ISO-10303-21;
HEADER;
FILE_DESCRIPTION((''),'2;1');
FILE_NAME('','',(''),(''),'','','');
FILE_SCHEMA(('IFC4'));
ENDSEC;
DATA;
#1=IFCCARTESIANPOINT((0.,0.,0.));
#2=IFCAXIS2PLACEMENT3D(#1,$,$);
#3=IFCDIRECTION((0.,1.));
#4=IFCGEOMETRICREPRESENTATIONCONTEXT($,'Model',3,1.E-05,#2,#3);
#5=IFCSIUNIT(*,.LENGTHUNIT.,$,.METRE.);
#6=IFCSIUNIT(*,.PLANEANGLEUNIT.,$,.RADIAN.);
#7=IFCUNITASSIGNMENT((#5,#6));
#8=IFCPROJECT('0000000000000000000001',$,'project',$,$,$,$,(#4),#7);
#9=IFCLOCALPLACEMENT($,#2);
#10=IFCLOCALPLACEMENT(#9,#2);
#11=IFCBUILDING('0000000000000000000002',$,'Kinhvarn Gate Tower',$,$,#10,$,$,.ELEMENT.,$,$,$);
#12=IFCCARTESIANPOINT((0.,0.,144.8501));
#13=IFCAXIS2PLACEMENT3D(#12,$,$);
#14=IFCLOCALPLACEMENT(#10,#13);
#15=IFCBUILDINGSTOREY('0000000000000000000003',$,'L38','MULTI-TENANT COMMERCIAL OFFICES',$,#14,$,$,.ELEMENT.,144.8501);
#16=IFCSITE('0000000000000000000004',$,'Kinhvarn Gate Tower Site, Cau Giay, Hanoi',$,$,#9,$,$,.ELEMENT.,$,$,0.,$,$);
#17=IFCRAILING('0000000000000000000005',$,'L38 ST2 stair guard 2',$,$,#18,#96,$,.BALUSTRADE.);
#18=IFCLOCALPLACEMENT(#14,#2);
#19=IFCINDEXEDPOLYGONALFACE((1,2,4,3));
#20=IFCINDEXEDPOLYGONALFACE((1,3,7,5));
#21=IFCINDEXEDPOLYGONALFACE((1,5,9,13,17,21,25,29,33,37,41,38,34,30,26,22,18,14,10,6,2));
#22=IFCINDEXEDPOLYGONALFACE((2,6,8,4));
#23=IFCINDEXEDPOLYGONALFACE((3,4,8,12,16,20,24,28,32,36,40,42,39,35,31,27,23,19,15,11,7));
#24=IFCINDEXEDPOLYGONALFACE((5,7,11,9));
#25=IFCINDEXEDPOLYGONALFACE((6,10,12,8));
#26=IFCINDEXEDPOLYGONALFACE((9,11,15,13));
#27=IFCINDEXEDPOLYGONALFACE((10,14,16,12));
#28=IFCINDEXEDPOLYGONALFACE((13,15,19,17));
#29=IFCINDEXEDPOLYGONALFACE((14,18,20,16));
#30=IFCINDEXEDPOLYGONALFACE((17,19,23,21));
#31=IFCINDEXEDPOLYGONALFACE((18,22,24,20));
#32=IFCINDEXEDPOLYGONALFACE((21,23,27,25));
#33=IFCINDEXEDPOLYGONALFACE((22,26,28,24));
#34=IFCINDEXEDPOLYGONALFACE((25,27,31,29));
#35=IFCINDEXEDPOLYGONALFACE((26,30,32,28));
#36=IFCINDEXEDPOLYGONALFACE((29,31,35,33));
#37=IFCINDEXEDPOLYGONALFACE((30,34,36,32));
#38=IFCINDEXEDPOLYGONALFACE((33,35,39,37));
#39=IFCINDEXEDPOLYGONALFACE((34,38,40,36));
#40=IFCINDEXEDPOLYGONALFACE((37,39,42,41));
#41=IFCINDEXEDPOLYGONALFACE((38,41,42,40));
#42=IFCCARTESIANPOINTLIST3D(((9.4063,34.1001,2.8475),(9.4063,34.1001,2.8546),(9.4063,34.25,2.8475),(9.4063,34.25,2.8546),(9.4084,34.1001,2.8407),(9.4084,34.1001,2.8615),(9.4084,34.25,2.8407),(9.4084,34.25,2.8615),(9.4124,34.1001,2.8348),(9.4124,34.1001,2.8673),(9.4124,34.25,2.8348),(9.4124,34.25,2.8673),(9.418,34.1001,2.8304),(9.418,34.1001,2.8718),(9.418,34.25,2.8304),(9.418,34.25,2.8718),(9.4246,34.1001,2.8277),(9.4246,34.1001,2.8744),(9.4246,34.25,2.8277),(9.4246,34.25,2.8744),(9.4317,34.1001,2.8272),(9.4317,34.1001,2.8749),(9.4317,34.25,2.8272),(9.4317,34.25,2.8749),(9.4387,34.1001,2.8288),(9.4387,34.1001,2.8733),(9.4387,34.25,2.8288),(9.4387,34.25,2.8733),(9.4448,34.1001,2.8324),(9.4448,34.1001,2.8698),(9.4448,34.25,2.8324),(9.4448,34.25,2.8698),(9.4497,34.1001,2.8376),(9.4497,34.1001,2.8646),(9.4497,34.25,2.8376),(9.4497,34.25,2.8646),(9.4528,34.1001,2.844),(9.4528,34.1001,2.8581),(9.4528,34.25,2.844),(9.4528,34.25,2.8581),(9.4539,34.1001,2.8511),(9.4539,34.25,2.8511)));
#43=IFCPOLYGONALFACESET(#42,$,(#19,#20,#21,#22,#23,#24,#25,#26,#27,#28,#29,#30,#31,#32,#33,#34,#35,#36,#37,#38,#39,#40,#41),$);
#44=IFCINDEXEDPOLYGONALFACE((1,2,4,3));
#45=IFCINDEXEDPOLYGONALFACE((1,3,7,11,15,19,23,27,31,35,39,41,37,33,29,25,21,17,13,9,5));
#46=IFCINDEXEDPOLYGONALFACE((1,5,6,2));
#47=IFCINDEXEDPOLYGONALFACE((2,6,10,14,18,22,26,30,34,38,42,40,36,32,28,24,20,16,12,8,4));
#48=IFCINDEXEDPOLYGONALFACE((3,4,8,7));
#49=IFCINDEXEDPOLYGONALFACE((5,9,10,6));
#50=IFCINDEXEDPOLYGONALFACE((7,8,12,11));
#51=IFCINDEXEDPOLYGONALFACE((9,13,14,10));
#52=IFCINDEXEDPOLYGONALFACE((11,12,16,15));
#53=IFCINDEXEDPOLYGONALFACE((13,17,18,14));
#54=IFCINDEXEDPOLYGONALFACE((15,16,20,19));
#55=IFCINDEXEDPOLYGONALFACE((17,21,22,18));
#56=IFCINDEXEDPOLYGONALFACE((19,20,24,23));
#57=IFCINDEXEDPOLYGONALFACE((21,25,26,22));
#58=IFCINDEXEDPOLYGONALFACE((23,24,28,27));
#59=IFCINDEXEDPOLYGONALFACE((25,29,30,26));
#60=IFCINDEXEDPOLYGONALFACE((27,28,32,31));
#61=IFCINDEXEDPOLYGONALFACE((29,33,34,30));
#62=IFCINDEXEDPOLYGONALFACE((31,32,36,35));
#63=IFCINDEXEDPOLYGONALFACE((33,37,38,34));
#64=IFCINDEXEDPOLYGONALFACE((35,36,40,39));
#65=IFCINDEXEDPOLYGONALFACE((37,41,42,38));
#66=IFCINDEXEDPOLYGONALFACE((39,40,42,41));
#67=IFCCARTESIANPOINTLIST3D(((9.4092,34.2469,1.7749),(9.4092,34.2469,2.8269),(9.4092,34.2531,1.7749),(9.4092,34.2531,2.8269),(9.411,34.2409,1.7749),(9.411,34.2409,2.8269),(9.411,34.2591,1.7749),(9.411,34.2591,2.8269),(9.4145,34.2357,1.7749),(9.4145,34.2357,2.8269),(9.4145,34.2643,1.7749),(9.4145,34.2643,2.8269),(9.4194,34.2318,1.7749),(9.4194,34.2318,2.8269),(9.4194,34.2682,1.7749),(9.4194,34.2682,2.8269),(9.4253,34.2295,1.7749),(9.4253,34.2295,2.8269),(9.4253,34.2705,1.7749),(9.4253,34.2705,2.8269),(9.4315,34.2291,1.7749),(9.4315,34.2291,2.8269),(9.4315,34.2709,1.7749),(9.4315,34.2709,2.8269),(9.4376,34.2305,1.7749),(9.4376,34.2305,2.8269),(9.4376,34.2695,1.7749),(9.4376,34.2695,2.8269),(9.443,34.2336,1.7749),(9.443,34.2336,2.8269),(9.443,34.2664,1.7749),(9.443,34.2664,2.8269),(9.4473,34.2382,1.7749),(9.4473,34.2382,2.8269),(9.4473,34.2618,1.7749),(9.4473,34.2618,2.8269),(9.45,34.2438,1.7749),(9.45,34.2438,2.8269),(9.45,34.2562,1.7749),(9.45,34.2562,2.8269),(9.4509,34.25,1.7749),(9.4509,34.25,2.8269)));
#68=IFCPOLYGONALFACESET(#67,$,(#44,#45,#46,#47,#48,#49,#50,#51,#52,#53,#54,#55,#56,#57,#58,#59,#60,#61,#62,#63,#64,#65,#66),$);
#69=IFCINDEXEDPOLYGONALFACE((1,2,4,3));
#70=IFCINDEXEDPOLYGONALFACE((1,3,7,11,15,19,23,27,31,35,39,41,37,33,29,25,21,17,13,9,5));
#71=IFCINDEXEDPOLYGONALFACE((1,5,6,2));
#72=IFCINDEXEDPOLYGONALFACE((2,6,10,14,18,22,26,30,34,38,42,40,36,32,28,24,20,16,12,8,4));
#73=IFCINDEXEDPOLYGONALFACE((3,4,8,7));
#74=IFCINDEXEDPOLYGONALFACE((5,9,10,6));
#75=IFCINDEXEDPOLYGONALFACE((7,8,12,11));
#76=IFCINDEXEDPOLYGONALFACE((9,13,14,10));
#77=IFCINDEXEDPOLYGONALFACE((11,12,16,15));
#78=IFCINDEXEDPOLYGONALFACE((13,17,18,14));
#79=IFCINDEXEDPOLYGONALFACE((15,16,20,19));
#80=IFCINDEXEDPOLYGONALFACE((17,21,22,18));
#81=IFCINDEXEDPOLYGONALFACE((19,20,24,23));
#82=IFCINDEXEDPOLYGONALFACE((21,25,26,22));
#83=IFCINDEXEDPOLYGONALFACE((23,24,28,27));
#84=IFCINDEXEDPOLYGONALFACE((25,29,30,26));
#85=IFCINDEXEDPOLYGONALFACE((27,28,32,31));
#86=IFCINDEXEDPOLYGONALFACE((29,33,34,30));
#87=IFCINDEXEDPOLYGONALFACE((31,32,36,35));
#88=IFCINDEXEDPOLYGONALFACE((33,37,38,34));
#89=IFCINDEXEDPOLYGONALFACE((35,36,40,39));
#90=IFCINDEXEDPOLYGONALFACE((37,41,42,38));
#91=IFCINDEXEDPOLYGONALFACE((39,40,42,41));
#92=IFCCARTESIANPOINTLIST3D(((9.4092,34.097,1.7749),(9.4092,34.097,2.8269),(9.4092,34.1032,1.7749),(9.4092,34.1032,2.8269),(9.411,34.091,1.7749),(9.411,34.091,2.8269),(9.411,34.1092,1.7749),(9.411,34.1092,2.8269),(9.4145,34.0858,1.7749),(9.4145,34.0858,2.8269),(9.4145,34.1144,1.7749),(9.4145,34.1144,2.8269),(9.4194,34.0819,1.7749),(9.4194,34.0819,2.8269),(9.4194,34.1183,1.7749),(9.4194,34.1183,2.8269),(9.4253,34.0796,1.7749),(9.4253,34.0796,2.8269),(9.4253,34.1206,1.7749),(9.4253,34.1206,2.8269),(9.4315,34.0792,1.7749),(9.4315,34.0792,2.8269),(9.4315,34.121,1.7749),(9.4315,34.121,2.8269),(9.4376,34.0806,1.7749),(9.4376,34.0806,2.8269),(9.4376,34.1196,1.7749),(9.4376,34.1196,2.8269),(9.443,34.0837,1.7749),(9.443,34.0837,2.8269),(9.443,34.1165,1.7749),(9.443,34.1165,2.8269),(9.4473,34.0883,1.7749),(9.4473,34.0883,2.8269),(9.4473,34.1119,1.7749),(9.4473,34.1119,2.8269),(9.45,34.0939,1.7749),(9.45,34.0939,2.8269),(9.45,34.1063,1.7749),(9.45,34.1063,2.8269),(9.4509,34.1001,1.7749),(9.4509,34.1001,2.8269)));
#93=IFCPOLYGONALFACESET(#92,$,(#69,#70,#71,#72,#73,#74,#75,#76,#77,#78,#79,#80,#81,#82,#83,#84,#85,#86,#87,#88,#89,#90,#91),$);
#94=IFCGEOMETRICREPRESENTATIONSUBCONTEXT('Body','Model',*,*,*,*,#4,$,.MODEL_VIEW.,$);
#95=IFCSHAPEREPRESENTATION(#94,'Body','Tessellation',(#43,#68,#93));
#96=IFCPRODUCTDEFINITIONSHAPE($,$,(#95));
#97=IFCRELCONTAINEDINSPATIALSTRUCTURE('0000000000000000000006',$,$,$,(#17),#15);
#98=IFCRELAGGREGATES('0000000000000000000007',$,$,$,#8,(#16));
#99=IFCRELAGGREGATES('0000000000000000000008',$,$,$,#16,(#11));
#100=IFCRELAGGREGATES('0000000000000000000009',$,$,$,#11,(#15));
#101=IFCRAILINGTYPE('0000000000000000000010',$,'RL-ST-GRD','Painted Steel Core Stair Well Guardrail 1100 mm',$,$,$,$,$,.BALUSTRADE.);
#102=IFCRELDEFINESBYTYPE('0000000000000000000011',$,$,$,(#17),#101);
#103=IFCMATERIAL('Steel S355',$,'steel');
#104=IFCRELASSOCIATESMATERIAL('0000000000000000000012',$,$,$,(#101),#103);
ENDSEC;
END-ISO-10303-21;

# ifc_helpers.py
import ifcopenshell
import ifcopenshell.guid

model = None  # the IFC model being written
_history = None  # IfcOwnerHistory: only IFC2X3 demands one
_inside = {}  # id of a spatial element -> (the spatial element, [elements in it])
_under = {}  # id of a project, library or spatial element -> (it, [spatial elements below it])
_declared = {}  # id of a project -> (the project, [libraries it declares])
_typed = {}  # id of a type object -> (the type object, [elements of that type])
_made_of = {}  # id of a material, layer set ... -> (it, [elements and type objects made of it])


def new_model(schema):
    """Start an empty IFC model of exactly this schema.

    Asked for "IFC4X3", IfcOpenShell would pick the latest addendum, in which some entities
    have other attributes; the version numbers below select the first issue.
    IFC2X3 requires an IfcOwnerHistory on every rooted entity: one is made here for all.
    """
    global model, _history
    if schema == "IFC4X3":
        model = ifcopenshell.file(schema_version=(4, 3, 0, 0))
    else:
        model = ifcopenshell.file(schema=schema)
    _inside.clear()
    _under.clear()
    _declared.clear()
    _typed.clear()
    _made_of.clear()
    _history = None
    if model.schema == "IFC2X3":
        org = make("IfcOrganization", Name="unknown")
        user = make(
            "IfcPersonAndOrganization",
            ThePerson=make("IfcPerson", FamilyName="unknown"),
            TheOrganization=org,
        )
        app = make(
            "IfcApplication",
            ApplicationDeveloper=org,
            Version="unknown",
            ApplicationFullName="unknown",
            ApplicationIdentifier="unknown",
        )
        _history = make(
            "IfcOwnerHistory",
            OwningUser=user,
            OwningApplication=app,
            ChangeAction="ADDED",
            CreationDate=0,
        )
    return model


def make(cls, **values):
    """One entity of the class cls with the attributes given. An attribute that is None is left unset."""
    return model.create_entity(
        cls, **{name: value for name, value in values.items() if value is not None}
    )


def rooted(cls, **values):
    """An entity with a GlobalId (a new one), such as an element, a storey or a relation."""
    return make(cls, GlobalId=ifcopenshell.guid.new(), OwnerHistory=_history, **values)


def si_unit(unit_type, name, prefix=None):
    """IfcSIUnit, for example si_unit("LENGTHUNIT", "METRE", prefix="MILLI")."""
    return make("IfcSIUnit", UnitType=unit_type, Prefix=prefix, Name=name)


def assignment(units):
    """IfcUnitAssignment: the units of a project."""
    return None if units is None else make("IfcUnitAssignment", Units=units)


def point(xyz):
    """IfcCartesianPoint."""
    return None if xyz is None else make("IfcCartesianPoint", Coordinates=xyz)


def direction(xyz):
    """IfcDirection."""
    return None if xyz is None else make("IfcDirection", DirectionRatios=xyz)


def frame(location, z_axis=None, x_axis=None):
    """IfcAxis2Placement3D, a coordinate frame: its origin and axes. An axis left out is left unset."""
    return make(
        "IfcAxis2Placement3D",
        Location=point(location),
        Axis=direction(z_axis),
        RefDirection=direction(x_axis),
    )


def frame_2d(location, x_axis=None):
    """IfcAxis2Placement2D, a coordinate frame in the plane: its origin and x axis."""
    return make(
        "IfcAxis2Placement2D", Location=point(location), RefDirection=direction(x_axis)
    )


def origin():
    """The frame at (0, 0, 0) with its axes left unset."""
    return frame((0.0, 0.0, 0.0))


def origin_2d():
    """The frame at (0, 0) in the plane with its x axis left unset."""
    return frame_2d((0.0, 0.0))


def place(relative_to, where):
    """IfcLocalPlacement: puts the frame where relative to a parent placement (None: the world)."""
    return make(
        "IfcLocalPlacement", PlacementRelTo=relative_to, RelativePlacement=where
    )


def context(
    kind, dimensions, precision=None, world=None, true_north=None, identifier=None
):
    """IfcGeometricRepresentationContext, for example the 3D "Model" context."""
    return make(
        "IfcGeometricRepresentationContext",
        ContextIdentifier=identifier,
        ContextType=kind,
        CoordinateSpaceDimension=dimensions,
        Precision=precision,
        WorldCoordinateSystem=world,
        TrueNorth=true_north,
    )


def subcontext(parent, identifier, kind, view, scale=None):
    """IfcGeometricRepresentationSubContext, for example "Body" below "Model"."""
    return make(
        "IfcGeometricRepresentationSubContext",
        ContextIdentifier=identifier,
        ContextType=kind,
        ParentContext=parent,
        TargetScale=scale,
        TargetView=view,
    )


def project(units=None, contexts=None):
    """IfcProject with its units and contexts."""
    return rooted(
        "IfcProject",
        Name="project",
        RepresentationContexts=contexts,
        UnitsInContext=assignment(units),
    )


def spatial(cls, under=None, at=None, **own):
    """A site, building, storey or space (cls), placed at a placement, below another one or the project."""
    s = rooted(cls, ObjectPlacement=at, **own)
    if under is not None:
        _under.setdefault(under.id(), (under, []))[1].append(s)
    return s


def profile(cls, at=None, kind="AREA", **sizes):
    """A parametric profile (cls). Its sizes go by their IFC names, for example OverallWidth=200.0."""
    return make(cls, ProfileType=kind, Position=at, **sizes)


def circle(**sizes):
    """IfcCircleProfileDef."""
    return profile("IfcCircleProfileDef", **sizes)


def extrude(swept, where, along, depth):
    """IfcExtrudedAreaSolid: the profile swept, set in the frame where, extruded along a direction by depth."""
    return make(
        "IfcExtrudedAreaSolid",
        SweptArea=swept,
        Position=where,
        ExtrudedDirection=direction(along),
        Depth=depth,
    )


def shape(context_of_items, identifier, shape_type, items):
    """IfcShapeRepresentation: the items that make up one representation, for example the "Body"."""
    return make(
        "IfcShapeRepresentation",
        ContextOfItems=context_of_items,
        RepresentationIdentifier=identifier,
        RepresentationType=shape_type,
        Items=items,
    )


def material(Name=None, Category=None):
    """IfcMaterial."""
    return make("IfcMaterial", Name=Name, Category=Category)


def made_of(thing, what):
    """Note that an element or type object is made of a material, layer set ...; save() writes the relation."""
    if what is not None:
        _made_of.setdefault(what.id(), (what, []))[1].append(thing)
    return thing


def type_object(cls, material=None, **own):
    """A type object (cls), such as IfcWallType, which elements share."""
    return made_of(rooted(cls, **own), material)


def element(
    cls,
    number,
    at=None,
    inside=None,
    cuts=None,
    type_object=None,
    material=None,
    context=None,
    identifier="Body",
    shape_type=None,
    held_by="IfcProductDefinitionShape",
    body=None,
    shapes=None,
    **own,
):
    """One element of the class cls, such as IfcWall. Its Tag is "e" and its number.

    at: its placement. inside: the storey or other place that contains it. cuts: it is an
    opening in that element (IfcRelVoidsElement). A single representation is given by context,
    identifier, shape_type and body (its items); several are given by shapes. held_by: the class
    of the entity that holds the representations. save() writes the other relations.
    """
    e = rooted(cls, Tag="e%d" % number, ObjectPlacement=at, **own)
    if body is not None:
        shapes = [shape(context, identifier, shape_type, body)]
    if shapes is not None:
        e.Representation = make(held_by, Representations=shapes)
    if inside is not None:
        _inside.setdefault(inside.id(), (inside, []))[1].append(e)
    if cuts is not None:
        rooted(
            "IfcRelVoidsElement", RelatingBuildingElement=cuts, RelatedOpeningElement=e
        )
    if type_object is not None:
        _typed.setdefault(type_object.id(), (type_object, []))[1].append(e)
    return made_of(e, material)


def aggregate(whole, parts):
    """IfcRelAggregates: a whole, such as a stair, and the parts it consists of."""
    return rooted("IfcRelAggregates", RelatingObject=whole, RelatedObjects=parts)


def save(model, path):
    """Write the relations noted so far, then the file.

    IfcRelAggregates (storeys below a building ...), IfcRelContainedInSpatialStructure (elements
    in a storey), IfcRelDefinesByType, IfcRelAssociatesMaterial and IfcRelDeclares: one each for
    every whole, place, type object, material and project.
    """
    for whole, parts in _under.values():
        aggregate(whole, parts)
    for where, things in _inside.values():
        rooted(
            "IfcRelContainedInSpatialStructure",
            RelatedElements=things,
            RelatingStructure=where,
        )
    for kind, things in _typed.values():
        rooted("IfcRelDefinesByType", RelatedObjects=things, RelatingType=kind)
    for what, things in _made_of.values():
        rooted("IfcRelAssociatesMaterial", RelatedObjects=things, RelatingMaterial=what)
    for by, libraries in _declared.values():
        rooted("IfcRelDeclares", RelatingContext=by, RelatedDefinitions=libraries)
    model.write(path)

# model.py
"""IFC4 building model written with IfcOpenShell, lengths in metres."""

from ifc_helpers import new_model, si_unit, direction, frame, origin, origin_2d, place, context, subcontext, project, spatial, circle, extrude, material, type_object, element, save


model = new_model("IFC4")

# Units and contexts
model_context = context("Model", 3, precision=1e-05, world=origin(), true_north=direction((0.0, 1.0)))
body_context = subcontext(model_context, "Body", "Model", "MODEL_VIEW")
ifc_project = project(units=[si_unit("LENGTHUNIT", "METRE"), si_unit("PLANEANGLEUNIT", "RADIAN")], contexts=[model_context])

# Site, building, storey
site_placement = place(None, origin())
site = spatial("IfcSite", under=ifc_project, at=site_placement, Name="Kinhvarn Gate Tower Site, Cau Giay, Hanoi", CompositionType="ELEMENT", RefElevation=0.0)
building_placement = place(site_placement, origin())
building = spatial("IfcBuilding", under=site, at=building_placement, Name="Kinhvarn Gate Tower", CompositionType="ELEMENT")
storey_placement = place(building_placement, frame((0.0, 0.0, 144.8501)))
storey = spatial("IfcBuildingStorey", under=building, at=storey_placement, Name="L38", Description="MULTI-TENANT COMMERCIAL OFFICES", CompositionType="ELEMENT", Elevation=144.8501)

# Shared definitions
ifc_material_1 = material(Name="Steel S355", Category="steel")

# Railing
railing_type_1 = type_object("IfcRailingType", Name="RL-ST-GRD", Description="Painted Steel Core Stair Well Guardrail 1100 mm", PredefinedType="BALUSTRADE", material=ifc_material_1)
railing_1_placement = place(storey_placement, frame((9.4299, 34.25, 1.7749)))
element("IfcRailing", 1, at=railing_1_placement, inside=storey, type_object=railing_type_1, Name="L38 ST2 stair guard 2", PredefinedType="BALUSTRADE", context=body_context, shape_type="SweptSolid", body=[
    extrude(circle(Radius=0.0239, at=origin_2d()), frame((0.0, 0.0, 1.0762), z_axis=(0.0, -1.0, 0.0), x_axis=(1.0, 0.0, 0.0)), (0.0, 0.0, 1.0), 0.1499),
    extrude(circle(Radius=0.021, at=origin_2d()), origin(), (0.0, 0.0, 1.0), 1.052),
    extrude(circle(Radius=0.021, at=origin_2d()), frame((0.0, -0.1499, 0.0)), (0.0, 0.0, 1.0), 1.052),
])

save(model, "model.ifc")
